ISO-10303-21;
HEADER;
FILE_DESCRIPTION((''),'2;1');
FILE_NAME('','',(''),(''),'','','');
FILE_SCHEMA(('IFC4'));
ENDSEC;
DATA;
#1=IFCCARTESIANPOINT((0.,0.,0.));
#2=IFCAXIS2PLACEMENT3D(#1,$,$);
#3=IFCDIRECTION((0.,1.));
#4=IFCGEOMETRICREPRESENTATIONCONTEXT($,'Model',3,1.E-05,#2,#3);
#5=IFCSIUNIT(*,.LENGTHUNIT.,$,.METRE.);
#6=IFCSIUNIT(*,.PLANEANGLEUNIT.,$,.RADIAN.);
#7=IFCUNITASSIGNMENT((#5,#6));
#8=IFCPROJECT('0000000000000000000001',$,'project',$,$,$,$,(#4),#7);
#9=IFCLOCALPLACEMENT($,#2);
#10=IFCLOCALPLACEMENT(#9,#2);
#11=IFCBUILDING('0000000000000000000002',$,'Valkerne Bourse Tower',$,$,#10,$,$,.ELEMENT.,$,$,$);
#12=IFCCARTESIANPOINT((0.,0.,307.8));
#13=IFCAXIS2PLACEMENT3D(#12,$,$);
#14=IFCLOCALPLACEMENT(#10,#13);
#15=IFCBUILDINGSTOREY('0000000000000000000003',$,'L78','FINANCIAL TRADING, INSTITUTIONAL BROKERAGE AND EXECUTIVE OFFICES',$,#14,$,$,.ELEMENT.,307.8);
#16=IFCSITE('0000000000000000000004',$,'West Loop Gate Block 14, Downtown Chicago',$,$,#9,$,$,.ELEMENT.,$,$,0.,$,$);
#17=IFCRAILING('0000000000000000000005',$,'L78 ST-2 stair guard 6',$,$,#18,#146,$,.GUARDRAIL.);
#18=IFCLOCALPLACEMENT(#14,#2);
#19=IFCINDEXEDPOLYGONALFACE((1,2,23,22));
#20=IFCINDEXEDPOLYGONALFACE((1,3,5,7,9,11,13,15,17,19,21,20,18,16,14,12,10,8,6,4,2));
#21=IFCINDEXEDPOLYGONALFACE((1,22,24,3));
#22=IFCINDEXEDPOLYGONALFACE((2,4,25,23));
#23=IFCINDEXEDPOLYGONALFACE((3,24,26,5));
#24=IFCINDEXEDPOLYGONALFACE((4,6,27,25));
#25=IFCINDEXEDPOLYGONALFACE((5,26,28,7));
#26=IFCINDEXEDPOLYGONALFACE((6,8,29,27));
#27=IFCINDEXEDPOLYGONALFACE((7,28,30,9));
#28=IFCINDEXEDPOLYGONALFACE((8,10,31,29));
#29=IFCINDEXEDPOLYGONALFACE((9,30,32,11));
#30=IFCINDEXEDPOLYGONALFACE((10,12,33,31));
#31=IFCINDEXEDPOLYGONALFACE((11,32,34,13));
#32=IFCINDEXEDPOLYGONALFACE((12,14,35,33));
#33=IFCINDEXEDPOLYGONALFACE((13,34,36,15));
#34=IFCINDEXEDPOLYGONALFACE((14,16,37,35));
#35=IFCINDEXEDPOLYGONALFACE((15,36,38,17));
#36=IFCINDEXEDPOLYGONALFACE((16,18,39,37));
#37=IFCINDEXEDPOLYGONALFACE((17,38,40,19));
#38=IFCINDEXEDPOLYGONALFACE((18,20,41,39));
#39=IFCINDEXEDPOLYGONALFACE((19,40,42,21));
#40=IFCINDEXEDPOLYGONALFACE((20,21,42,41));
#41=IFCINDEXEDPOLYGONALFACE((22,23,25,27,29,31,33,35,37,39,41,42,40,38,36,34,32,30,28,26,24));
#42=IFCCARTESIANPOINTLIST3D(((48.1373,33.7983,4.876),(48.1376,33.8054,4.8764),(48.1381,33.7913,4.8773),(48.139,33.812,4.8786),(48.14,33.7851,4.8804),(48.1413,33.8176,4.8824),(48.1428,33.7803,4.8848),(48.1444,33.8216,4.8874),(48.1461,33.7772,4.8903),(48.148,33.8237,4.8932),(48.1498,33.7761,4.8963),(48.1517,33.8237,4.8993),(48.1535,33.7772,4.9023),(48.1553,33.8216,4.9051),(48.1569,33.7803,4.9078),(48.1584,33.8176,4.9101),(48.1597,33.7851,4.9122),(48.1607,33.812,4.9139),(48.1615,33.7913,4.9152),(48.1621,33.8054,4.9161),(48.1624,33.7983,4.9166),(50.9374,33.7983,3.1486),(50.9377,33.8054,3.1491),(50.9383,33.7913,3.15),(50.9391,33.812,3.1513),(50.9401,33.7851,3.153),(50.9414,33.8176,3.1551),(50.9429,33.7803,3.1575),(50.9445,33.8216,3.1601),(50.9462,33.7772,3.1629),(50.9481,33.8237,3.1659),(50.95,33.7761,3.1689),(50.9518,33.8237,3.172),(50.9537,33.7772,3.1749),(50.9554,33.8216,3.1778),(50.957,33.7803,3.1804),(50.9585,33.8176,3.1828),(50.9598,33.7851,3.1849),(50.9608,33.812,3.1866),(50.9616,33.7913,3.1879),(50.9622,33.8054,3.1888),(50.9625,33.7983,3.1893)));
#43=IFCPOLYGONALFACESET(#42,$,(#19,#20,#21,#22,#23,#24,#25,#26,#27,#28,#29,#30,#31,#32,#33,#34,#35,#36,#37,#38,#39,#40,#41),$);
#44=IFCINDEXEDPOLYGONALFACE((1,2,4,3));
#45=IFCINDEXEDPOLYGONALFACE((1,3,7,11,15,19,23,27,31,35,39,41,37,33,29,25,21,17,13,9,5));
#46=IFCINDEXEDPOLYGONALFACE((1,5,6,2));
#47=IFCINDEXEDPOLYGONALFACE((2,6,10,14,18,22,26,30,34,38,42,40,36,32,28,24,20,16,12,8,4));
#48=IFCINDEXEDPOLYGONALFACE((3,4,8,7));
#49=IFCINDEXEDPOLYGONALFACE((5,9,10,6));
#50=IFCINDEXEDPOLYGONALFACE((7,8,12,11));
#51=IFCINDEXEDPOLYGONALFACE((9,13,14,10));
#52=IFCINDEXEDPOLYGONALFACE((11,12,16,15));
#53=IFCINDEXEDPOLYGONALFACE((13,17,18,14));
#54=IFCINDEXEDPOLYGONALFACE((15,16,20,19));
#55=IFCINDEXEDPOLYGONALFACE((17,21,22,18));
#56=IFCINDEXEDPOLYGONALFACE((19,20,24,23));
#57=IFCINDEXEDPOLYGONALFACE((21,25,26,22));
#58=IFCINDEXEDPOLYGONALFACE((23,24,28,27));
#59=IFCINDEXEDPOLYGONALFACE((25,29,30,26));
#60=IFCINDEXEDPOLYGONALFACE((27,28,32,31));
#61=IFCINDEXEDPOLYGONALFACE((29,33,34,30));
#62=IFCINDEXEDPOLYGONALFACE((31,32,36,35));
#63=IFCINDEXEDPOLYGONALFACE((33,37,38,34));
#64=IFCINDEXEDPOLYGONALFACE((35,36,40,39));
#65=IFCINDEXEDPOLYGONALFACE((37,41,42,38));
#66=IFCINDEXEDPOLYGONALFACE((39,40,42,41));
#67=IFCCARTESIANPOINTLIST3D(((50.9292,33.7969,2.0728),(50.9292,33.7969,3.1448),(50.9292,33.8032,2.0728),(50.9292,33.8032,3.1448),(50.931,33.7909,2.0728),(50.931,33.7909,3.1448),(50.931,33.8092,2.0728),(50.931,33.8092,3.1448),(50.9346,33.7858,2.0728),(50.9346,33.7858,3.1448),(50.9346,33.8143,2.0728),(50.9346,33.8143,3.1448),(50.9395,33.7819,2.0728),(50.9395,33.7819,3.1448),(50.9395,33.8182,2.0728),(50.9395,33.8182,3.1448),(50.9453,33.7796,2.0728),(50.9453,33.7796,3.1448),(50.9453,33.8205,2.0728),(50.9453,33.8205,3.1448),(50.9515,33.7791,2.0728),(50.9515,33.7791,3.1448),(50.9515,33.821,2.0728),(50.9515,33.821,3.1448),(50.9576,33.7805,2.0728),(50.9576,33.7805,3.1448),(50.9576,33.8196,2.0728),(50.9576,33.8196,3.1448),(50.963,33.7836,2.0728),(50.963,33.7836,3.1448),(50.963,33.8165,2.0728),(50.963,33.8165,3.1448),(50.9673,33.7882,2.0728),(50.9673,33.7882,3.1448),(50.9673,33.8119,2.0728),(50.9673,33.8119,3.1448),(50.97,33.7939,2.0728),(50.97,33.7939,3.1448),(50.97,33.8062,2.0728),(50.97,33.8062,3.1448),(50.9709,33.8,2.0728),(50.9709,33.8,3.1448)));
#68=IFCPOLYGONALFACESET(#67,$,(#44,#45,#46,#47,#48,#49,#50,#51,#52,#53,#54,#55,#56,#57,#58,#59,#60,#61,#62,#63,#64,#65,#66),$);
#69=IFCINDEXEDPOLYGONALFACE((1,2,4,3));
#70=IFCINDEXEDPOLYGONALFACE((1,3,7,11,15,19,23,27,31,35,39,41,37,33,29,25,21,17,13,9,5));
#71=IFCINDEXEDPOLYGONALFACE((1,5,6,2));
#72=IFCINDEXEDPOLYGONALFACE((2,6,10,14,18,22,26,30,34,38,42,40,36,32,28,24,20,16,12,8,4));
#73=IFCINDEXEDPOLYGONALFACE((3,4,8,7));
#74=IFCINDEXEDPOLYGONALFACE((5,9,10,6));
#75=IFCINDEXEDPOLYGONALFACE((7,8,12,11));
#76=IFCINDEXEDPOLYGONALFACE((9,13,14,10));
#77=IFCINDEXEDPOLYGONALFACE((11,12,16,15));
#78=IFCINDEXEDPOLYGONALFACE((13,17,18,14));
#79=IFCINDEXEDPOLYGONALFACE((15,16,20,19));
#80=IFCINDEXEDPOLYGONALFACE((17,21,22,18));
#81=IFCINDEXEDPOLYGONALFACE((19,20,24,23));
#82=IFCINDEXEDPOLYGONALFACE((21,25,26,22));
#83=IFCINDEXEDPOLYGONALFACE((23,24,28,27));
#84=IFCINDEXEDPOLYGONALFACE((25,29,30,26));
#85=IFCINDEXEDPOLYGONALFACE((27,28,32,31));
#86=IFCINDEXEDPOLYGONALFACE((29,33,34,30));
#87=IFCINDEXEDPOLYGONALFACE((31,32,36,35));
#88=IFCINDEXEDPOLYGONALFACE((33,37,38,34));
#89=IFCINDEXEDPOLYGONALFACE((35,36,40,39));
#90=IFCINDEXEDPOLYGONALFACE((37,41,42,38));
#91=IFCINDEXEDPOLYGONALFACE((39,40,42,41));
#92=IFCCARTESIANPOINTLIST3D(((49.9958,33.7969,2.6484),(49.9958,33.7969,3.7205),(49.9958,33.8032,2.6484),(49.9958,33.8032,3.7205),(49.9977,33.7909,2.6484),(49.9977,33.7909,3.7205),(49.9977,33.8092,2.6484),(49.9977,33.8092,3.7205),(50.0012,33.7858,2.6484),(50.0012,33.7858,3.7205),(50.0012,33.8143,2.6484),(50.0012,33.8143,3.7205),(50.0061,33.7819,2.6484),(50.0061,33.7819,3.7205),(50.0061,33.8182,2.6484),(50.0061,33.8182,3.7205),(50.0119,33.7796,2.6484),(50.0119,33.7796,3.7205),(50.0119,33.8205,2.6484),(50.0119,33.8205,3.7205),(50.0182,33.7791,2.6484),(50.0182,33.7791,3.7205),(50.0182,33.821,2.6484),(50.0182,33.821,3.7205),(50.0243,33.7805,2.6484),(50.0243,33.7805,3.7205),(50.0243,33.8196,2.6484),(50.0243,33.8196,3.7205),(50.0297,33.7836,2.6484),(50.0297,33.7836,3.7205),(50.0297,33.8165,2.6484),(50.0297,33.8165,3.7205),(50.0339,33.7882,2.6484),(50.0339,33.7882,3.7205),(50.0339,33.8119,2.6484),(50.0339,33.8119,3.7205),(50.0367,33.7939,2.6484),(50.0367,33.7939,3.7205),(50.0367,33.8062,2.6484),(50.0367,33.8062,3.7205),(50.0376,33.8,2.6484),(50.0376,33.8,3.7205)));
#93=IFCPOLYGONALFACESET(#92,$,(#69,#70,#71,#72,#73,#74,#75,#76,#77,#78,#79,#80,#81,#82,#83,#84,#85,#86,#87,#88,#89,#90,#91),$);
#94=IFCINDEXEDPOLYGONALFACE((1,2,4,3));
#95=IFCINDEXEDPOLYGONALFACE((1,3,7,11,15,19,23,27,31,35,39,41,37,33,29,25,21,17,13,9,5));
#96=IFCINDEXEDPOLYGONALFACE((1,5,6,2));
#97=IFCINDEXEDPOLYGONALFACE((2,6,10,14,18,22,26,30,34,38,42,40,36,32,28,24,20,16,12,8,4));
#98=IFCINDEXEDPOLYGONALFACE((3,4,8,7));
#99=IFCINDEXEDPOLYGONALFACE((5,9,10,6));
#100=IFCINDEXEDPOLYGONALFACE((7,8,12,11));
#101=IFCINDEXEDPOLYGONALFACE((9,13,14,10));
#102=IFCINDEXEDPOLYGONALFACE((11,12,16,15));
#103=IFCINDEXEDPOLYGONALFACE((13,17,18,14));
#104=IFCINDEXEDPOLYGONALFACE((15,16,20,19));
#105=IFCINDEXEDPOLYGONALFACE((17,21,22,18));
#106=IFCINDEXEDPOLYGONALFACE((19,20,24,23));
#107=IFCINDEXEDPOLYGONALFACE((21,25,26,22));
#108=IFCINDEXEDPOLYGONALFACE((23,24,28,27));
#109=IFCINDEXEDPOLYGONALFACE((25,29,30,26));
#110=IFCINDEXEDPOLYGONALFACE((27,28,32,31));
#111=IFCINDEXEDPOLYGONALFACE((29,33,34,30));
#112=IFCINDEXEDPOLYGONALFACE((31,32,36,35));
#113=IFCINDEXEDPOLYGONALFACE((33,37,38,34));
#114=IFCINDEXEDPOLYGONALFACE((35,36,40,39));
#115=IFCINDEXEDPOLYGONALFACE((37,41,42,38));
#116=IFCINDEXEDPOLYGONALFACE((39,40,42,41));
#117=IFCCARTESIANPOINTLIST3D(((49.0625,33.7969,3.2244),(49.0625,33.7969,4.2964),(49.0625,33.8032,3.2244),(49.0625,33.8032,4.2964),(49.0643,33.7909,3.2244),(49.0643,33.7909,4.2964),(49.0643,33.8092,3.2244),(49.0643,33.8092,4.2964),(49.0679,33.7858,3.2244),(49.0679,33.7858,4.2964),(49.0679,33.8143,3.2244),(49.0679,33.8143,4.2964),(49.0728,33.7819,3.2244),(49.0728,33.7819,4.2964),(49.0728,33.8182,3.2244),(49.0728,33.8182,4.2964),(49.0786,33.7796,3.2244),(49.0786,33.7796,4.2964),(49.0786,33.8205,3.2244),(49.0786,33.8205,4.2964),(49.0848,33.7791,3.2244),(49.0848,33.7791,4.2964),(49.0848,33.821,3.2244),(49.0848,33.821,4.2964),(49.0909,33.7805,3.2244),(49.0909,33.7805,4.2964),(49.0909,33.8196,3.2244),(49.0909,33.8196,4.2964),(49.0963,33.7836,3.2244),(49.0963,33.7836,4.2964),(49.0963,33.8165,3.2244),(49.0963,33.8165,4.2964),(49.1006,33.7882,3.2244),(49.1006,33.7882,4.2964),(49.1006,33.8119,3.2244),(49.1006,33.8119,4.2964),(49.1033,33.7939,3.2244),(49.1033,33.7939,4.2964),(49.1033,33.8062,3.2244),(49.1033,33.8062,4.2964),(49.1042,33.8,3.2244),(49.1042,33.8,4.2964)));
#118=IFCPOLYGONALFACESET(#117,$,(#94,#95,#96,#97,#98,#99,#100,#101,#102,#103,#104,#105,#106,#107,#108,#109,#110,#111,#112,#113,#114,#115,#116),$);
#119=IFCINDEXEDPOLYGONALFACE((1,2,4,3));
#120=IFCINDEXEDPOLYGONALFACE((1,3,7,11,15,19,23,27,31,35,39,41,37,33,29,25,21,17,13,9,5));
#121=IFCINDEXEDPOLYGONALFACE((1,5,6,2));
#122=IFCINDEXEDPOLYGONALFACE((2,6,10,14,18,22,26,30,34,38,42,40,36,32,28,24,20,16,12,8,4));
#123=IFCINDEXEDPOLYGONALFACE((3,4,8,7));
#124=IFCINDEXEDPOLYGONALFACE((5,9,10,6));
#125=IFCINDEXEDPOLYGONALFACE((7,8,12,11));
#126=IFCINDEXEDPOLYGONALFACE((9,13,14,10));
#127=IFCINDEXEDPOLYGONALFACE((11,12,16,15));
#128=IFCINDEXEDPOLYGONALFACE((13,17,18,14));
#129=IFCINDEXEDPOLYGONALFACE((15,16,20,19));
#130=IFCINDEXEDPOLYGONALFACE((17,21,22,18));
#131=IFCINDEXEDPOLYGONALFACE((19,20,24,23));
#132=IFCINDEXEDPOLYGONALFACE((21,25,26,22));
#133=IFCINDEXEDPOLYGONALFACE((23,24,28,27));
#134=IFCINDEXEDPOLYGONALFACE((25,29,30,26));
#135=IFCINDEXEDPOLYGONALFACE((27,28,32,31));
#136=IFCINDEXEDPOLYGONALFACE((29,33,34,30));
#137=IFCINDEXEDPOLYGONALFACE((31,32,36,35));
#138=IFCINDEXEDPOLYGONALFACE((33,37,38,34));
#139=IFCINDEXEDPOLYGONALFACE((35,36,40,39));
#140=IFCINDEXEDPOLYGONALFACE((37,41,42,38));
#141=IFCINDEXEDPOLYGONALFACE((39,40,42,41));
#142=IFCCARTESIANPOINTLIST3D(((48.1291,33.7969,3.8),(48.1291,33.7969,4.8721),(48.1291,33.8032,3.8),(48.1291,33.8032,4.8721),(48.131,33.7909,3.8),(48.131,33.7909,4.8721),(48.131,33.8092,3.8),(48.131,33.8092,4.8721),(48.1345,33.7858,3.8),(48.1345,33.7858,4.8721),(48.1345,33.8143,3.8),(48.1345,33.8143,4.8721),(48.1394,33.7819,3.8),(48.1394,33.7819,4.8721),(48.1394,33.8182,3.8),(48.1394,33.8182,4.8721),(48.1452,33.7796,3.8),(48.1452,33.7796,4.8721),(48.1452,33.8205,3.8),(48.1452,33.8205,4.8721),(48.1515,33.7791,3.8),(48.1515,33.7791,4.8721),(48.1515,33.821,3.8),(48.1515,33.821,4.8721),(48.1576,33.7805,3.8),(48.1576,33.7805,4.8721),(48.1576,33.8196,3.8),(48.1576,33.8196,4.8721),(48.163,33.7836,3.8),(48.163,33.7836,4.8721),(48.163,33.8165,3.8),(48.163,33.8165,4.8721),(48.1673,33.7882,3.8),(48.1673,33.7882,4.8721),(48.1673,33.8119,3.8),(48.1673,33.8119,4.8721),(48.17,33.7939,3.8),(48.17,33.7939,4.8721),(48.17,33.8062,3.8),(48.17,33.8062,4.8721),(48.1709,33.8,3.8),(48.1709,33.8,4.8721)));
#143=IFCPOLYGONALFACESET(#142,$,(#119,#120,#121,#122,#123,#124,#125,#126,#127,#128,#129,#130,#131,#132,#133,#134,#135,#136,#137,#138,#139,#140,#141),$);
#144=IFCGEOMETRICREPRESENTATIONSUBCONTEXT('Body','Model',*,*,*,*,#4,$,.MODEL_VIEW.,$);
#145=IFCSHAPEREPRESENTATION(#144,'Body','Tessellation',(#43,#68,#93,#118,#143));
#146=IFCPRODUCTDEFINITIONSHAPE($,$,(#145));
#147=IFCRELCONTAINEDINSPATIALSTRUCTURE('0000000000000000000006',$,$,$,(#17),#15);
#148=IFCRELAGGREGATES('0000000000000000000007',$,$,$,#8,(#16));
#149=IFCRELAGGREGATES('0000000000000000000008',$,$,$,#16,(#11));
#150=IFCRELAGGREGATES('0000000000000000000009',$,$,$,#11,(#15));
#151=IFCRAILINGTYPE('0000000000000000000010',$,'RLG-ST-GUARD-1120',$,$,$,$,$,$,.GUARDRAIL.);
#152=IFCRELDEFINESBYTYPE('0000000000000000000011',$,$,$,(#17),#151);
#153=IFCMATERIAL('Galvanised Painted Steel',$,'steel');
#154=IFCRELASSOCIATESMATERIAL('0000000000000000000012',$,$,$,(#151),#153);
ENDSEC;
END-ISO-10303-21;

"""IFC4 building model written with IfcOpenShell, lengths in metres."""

from ifc_helpers import new_model, si_unit, direction, frame, origin, origin_2d, place, context, subcontext, project, spatial, circle, extrude, material, type_object, element, save


model = new_model("IFC4")

# Units and contexts
model_context = context("Model", 3, precision=1e-05, world=origin(), true_north=direction((0.0, 1.0)))
body_context = subcontext(model_context, "Body", "Model", "MODEL_VIEW")
ifc_project = project(units=[si_unit("LENGTHUNIT", "METRE"), si_unit("PLANEANGLEUNIT", "RADIAN")], contexts=[model_context])

# Site, building, storey
site_placement = place(None, origin())
site = spatial("IfcSite", under=ifc_project, at=site_placement, Name="West Loop Gate Block 14, Downtown Chicago", CompositionType="ELEMENT", RefElevation=0.0)
building_placement = place(site_placement, origin())
building = spatial("IfcBuilding", under=site, at=building_placement, Name="Valkerne Bourse Tower", CompositionType="ELEMENT")
storey_placement = place(building_placement, frame((0.0, 0.0, 307.8)))
storey = spatial("IfcBuildingStorey", under=building, at=storey_placement, Name="L78", Description="FINANCIAL TRADING, INSTITUTIONAL BROKERAGE AND EXECUTIVE OFFICES", CompositionType="ELEMENT", Elevation=307.8)

# Shared definitions
ifc_material_1 = material(Name="Galvanised Painted Steel", Category="steel")

# Railing
railing_type_1 = type_object("IfcRailingType", Name="RLG-ST-GUARD-1120", PredefinedType="GUARDRAIL", material=ifc_material_1)
railing_1_placement = place(storey_placement, frame((50.95, 33.8, 2.0728)))
element("IfcRailing", 1, at=railing_1_placement, inside=storey, type_object=railing_type_1, Name="L78 ST-2 stair guard 6", PredefinedType="GUARDRAIL", context=body_context, shape_type="SweptSolid", body=[
    extrude(circle(Radius=0.0239, at=origin_2d()), frame((0.0, 0.0, 1.0962), z_axis=(-0.85109, 0.0, 0.52502), x_axis=(0.0, -1.0, 0.0)), (0.0, 0.0, 1.0), 3.29),
    extrude(circle(Radius=0.021, at=origin_2d()), origin(), (0.0, 0.0, 1.0), 1.072),
    extrude(circle(Radius=0.021, at=origin_2d()), frame((-0.9333, 0.0, 0.5757)), (0.0, 0.0, 1.0), 1.072),
    extrude(circle(Radius=0.021, at=origin_2d()), frame((-1.8667, 0.0, 1.1516)), (0.0, 0.0, 1.0), 1.072),
    extrude(circle(Radius=0.021, at=origin_2d()), frame((-2.8, 0.0, 1.7273)), (0.0, 0.0, 1.0), 1.072),
])

save(model, "model.ifc")
